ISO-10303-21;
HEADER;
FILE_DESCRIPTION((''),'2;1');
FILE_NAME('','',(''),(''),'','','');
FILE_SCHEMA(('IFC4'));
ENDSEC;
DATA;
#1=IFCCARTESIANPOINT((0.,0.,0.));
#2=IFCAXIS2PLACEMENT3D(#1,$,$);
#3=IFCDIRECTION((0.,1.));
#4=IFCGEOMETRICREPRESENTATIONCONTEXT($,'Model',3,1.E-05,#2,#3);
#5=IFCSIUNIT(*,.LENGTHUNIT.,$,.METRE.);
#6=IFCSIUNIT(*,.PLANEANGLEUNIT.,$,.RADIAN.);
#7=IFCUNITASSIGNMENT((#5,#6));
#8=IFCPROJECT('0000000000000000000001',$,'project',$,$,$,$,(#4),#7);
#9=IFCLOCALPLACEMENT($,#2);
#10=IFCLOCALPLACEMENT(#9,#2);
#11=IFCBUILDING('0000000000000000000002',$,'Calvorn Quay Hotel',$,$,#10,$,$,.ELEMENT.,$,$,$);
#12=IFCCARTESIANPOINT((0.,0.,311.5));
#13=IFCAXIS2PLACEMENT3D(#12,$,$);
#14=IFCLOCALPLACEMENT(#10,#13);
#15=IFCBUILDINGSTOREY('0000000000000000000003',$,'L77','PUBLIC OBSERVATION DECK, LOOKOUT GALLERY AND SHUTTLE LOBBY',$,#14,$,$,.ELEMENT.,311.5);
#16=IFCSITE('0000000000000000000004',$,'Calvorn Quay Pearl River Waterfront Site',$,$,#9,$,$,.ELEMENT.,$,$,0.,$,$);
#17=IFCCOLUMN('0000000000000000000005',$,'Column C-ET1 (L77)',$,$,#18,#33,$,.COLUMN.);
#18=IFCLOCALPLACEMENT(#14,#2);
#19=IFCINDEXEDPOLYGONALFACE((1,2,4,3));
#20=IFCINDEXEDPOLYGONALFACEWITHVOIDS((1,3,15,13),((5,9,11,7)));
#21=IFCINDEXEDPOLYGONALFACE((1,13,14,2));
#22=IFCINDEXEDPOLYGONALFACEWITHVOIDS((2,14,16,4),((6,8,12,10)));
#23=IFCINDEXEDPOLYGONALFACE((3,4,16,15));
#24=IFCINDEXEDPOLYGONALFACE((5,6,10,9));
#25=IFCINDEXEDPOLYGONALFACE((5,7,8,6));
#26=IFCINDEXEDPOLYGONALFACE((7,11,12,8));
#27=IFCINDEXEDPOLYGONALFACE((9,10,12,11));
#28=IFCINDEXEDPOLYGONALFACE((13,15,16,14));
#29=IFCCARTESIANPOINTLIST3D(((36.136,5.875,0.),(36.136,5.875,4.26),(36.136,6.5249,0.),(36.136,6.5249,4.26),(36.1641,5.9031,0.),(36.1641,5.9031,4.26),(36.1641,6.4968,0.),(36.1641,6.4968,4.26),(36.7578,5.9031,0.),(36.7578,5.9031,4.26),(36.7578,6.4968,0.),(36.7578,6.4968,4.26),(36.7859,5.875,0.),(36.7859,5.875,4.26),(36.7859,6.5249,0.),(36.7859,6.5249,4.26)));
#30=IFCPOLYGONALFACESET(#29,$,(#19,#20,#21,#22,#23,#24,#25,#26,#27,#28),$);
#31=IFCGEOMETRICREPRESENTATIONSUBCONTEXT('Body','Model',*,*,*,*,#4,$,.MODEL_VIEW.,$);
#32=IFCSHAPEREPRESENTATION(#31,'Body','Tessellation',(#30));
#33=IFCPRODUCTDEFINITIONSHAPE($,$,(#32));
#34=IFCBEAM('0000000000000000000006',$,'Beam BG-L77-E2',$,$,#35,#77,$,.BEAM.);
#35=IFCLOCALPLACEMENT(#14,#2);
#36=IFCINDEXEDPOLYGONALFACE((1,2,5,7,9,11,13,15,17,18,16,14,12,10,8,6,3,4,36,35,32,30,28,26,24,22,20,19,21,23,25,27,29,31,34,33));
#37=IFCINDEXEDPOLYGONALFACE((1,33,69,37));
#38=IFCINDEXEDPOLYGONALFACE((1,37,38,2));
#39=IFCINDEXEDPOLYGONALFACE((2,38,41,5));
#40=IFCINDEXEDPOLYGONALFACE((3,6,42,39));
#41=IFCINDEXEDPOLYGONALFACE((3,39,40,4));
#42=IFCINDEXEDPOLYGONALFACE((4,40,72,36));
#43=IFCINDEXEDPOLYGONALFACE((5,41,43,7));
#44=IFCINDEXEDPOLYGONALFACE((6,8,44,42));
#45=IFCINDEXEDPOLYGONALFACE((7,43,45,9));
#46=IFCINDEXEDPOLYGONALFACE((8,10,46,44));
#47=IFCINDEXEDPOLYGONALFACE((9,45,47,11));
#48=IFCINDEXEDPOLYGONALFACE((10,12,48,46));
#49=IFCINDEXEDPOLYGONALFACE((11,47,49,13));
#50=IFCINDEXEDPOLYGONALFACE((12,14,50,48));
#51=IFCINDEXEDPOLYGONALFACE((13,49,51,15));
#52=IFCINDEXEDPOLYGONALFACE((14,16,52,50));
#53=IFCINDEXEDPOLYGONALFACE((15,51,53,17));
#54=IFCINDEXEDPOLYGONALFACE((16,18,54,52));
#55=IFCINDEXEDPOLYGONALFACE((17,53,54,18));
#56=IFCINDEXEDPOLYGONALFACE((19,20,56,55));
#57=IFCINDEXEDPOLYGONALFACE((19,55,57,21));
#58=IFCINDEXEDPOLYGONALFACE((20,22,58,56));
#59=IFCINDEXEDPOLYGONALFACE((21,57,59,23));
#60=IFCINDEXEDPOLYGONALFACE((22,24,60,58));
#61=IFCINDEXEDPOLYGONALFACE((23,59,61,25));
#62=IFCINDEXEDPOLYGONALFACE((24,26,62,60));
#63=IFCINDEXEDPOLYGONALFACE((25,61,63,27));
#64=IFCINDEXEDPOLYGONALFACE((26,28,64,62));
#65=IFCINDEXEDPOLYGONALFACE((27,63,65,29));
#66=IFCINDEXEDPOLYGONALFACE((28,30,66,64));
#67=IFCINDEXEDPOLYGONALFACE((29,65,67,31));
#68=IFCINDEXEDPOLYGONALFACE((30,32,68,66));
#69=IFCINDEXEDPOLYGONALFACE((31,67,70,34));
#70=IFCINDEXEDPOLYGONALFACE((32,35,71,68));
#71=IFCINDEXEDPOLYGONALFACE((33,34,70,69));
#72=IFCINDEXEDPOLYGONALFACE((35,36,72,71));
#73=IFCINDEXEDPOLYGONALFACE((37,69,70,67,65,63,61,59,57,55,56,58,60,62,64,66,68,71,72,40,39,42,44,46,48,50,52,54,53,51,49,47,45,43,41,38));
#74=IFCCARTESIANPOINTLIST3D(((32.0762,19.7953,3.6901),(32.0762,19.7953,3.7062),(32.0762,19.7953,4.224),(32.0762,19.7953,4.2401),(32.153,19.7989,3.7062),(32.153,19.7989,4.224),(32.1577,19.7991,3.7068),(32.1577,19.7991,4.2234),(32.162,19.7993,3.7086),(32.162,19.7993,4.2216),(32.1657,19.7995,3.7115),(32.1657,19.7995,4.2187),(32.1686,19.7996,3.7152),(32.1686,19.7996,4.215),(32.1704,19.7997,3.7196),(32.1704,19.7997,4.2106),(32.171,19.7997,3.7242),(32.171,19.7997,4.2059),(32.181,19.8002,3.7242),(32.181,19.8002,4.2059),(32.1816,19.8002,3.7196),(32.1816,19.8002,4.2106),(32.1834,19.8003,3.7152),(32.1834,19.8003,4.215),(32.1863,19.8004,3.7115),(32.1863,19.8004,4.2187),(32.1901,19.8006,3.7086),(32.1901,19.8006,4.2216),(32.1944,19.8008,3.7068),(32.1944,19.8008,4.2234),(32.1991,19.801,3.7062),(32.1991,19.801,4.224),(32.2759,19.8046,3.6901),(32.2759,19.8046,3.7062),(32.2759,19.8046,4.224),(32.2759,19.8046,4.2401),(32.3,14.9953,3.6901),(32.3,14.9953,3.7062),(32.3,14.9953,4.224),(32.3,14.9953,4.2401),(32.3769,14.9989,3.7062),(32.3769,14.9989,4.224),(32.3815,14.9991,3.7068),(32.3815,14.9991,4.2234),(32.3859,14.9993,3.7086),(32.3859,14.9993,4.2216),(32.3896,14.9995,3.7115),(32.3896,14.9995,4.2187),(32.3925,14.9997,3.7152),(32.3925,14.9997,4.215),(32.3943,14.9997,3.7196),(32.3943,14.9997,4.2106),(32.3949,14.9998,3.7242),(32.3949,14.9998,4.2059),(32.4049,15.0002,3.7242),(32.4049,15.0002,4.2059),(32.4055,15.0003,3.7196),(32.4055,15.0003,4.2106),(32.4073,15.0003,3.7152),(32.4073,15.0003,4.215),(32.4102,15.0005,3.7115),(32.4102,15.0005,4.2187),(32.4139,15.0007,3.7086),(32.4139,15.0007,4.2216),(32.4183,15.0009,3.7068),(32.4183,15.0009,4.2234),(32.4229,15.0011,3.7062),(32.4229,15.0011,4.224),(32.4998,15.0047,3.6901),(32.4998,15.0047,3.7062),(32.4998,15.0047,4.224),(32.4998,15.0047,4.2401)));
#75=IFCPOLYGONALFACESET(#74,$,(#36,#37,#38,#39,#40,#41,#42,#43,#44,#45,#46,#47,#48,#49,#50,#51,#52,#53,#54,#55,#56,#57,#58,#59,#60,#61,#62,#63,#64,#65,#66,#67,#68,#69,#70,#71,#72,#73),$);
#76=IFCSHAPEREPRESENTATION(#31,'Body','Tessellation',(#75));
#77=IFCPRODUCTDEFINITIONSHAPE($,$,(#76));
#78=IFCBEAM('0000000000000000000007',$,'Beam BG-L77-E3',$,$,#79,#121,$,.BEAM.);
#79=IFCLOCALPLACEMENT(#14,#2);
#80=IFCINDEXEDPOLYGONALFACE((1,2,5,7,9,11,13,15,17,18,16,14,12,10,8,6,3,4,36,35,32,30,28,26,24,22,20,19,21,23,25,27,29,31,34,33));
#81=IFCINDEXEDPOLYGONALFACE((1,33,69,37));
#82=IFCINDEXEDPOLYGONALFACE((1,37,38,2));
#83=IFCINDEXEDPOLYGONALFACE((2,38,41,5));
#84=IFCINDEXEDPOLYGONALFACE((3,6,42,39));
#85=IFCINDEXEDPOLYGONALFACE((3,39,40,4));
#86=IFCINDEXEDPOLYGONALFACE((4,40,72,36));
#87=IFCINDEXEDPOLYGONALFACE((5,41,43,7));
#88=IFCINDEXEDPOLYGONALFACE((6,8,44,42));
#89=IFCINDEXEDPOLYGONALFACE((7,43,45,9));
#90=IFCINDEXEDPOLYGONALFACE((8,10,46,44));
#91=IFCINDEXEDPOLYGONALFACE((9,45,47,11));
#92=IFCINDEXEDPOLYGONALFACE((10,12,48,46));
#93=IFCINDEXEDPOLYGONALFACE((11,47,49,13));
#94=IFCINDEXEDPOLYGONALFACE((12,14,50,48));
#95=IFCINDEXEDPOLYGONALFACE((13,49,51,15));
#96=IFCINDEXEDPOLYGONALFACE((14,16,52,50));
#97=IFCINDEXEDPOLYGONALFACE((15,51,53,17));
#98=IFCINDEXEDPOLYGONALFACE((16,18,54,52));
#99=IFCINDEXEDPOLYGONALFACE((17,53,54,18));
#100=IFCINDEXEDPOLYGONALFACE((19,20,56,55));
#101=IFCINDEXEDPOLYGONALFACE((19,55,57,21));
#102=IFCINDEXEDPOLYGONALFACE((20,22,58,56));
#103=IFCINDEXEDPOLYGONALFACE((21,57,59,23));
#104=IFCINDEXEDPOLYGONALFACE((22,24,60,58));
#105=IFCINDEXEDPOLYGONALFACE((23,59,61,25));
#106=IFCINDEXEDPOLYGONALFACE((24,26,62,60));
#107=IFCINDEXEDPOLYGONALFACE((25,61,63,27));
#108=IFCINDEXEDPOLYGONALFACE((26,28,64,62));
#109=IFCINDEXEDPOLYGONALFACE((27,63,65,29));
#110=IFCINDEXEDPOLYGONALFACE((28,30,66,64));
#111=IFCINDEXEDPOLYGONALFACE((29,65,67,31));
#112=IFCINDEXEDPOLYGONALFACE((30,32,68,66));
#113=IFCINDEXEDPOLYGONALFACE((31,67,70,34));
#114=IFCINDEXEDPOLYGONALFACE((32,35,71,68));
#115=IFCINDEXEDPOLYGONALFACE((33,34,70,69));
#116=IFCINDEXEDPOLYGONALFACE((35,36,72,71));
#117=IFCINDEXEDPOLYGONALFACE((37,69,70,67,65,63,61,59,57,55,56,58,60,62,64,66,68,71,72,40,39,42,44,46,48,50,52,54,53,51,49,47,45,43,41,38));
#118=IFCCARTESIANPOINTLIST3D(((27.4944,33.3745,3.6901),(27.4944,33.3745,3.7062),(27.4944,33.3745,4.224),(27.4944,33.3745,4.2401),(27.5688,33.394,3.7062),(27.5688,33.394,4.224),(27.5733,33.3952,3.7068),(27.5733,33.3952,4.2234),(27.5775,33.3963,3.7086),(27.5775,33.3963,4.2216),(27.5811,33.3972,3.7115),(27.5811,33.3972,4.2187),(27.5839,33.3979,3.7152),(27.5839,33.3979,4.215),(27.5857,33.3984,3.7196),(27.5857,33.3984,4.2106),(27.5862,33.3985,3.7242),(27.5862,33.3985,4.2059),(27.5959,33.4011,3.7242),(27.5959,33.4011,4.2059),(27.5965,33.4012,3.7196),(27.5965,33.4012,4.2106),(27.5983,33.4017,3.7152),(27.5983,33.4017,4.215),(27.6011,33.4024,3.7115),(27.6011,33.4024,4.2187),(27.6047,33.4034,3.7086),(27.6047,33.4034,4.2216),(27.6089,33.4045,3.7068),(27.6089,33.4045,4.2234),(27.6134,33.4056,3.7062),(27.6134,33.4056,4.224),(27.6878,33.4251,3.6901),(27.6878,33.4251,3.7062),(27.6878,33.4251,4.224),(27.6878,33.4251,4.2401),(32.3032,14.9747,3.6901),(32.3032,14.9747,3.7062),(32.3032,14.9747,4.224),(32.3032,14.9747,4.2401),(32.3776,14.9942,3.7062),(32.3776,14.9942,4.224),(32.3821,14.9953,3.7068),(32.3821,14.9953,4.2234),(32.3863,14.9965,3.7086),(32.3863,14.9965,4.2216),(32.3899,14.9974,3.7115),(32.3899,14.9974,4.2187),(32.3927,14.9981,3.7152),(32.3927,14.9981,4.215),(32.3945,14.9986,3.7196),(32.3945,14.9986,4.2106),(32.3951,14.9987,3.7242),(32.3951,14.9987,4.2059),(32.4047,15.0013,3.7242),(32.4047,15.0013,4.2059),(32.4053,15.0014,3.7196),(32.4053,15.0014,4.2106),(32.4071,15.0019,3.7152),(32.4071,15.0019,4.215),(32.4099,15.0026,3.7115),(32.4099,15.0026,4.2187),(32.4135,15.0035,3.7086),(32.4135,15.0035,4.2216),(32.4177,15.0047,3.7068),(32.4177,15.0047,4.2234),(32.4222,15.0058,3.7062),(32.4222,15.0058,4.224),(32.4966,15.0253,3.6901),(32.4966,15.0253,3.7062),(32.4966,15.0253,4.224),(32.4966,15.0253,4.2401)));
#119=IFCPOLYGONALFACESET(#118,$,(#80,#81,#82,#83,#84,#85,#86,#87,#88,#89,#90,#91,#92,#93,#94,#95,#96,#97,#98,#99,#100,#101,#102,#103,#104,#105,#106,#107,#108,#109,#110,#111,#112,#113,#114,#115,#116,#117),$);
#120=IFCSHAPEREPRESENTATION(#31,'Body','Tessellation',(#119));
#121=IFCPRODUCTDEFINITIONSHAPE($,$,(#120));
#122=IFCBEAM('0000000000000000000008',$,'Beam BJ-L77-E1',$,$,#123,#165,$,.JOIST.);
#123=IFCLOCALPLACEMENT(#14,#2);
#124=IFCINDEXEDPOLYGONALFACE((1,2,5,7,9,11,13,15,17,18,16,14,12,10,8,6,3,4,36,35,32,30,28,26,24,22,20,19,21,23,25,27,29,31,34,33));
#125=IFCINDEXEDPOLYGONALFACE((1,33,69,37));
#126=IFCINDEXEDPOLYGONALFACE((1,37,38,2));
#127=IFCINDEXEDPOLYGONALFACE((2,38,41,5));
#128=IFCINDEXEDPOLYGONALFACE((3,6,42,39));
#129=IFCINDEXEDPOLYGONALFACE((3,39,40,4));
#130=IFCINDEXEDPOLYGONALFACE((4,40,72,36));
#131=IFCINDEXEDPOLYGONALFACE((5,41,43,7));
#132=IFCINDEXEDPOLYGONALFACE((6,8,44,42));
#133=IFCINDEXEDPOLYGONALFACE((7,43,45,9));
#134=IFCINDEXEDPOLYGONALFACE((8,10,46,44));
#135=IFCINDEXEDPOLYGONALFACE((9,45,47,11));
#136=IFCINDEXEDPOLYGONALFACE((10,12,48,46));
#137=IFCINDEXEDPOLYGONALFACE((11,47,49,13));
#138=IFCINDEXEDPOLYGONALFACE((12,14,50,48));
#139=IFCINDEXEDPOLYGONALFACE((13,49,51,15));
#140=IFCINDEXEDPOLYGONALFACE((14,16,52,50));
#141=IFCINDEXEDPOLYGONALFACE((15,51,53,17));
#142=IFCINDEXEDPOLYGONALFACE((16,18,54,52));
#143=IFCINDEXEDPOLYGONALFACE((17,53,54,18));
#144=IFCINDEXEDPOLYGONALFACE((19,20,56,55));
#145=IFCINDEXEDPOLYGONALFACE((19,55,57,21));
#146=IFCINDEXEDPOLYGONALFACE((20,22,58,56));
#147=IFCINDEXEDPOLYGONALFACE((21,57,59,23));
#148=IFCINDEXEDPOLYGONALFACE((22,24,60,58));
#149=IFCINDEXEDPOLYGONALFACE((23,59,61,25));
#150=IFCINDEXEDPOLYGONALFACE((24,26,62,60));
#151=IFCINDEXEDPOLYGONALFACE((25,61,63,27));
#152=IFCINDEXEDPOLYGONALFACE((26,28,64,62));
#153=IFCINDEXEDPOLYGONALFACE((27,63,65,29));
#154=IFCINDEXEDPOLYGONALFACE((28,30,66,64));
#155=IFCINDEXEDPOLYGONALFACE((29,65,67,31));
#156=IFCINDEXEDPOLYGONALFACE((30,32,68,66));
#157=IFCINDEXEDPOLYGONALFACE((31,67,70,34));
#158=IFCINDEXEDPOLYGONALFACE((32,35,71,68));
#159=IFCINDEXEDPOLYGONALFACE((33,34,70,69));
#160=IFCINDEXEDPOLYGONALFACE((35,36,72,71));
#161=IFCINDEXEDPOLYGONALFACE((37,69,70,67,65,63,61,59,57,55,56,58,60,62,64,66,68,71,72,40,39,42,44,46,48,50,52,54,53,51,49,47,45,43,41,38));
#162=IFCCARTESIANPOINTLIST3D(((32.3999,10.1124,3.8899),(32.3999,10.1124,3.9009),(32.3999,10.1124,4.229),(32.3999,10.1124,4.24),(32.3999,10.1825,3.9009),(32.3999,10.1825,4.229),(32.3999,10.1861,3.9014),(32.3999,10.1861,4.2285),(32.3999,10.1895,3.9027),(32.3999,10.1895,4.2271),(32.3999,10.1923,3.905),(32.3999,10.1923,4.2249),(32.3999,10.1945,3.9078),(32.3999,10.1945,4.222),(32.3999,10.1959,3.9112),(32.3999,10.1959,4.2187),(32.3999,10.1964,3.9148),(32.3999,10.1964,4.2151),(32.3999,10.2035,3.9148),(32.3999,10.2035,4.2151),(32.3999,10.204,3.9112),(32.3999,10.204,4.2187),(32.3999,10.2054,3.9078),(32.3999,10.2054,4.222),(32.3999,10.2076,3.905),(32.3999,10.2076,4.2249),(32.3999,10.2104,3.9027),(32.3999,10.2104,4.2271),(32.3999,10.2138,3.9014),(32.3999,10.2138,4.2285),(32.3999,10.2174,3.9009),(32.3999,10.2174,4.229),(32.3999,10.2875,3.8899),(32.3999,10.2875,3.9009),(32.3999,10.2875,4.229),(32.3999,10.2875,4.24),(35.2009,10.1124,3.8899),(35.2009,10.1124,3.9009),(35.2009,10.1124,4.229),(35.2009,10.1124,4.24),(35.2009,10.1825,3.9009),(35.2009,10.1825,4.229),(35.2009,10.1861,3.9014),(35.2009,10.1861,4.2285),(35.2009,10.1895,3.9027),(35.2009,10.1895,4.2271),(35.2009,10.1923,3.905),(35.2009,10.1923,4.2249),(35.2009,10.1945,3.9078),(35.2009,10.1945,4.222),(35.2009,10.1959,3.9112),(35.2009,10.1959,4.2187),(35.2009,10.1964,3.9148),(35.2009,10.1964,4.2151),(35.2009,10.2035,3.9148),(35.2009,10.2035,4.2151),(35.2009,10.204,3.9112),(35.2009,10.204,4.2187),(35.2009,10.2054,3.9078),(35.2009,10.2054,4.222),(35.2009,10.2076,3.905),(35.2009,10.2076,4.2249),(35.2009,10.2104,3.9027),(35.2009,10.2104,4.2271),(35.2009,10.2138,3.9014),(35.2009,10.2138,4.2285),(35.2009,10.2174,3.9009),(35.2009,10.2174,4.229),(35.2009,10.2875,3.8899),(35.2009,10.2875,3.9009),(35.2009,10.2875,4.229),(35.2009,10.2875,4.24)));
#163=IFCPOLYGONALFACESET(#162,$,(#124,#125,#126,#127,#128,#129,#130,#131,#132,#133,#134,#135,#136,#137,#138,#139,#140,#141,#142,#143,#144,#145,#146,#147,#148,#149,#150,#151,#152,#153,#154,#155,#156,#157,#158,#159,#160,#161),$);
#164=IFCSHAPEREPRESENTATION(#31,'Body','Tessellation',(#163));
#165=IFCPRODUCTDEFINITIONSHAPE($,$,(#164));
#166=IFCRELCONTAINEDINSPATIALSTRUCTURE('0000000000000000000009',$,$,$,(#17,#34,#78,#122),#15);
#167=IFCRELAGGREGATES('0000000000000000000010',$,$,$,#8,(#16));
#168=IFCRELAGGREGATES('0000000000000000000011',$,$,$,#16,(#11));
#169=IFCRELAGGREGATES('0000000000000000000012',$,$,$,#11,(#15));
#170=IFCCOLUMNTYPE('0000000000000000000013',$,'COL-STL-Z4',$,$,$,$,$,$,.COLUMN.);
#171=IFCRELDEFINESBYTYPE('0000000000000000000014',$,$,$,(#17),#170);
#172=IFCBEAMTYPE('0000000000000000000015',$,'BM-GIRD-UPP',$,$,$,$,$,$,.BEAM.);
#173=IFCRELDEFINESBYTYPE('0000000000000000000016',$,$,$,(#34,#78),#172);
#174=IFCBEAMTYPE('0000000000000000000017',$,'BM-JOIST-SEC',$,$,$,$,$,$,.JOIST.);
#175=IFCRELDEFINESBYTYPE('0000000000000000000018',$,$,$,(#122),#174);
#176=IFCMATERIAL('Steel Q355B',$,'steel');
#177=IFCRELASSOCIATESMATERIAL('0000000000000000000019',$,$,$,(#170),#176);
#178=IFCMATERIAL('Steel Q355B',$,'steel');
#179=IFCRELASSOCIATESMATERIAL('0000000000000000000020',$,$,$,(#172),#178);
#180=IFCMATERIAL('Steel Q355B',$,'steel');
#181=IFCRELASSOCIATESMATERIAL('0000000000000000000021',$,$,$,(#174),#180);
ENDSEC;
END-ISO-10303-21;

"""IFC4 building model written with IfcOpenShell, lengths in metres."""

from ifc_helpers import new_model, si_unit, direction, frame, origin, origin_2d, place, context, subcontext, project, spatial, hollow_rectangle, i_section, extrude, material, material_profile, profile_set, type_object, element, save


model = new_model("IFC4")

# Units and contexts
model_context = context("Model", 3, precision=1e-05, world=origin(), true_north=direction((0.0, 1.0)))
body_context = subcontext(model_context, "Body", "Model", "MODEL_VIEW")
ifc_project = project(units=[si_unit("LENGTHUNIT", "METRE"), si_unit("PLANEANGLEUNIT", "RADIAN")], contexts=[model_context])

# Site, building, storey
site_placement = place(None, origin())
site = spatial("IfcSite", under=ifc_project, at=site_placement, Name="Calvorn Quay Pearl River Waterfront Site", CompositionType="ELEMENT", RefElevation=0.0)
building_placement = place(site_placement, origin())
building = spatial("IfcBuilding", under=site, at=building_placement, Name="Calvorn Quay Hotel", CompositionType="ELEMENT")
storey_placement = place(building_placement, frame((0.0, 0.0, 311.5)))
storey = spatial("IfcBuildingStorey", under=building, at=storey_placement, Name="L77", Description="PUBLIC OBSERVATION DECK, LOOKOUT GALLERY AND SHUTTLE LOBBY", CompositionType="ELEMENT", Elevation=311.5)

# Column
ifc_material_1 = material(Name="Steel Q355B", Category="steel")
ifc_material_profile_1 = material_profile(ifc_material_1, hollow_rectangle(XDim=0.6499, YDim=0.6499, WallThickness=0.0281, at=origin_2d()), Name="BOX650x650x28")
ifc_profile_set_1 = profile_set([ifc_material_profile_1], Name="Steel Q355B")
column_type = type_object("IfcColumnType", Name="COL-STL-Z4", PredefinedType="COLUMN", material=ifc_profile_set_1)
column_placement = place(storey_placement, frame((36.4609, 6.2, 0.0), z_axis=(0.0, 0.0, 1.0), x_axis=(1.0, 0.0, 0.0)))
element("IfcColumn", 1, at=column_placement, inside=storey, type_object=column_type, Name="Column C-ET1 (L77)", PredefinedType="COLUMN", context=body_context, shape_type="SweptSolid", body=[
    extrude(hollow_rectangle(XDim=0.6499, YDim=0.6499, WallThickness=0.0281, at=origin_2d()), origin(), (0.0, 0.0, 1.0), 4.26),
])

# Beams
ifc_material_2 = material(Name="Steel Q355B", Category="steel")
ifc_material_profile_2 = material_profile(ifc_material_2, i_section(OverallWidth=0.2, OverallDepth=0.55, WebThickness=0.01, FlangeThickness=0.0161, FilletRadius=0.0181, at=origin_2d()), Name="HN550x200x10x16")
ifc_profile_set_2 = profile_set([ifc_material_profile_2], Name="Steel Q355B")
beam_type_1 = type_object("IfcBeamType", Name="BM-GIRD-UPP", PredefinedType="BEAM", material=ifc_profile_set_2)
beam_1_placement = place(storey_placement, frame((32.3999, 15.0, 3.9651), z_axis=(-0.04659, 0.998914, 0.0), x_axis=(-0.998914, -0.04659, 0.0)))
element("IfcBeam", 2, at=beam_1_placement, inside=storey, type_object=beam_type_1, Name="Beam BG-L77-E2", PredefinedType="BEAM", context=body_context, shape_type="SweptSolid", body=[
    extrude(i_section(OverallWidth=0.2, OverallDepth=0.55, WebThickness=0.01, FlangeThickness=0.0161, FilletRadius=0.0181, at=origin_2d()), origin(), (0.0, 0.0, 1.0), 4.8052),
])
beam_2_placement = place(storey_placement, frame((32.3999, 15.0, 3.9651), z_axis=(-0.252858, 0.967503, 0.0), x_axis=(-0.967503, -0.252858, 0.0)))
element("IfcBeam", 3, at=beam_2_placement, inside=storey, type_object=beam_type_1, Name="Beam BG-L77-E3", PredefinedType="BEAM", context=body_context, shape_type="SweptSolid", body=[
    extrude(i_section(OverallWidth=0.2, OverallDepth=0.55, WebThickness=0.01, FlangeThickness=0.0161, FilletRadius=0.0181, at=origin_2d()), origin(), (0.0, 0.0, 1.0), 19.0178),
])
ifc_material_3 = material(Name="Steel Q355B", Category="steel")
ifc_material_profile_3 = material_profile(ifc_material_3, i_section(OverallWidth=0.175, OverallDepth=0.3501, WebThickness=0.0071, FlangeThickness=0.011, FilletRadius=0.0139, at=origin_2d()), Name="HN350x175x7x11")
ifc_profile_set_3 = profile_set([ifc_material_profile_3], Name="Steel Q355B")
beam_type_2 = type_object("IfcBeamType", Name="BM-JOIST-SEC", PredefinedType="JOIST", material=ifc_profile_set_3)
beam_3_placement = place(storey_placement, frame((32.3999, 10.2, 4.0649), z_axis=(1.0, 0.0, 0.0), x_axis=(0.0, 1.0, 0.0)))
element("IfcBeam", 4, at=beam_3_placement, inside=storey, type_object=beam_type_2, Name="Beam BJ-L77-E1", PredefinedType="JOIST", context=body_context, shape_type="SweptSolid", body=[
    extrude(i_section(OverallWidth=0.175, OverallDepth=0.3501, WebThickness=0.0071, FlangeThickness=0.011, FilletRadius=0.0139, at=origin_2d()), origin(), (0.0, 0.0, 1.0), 2.801),
])

save(model, "model.ifc")
